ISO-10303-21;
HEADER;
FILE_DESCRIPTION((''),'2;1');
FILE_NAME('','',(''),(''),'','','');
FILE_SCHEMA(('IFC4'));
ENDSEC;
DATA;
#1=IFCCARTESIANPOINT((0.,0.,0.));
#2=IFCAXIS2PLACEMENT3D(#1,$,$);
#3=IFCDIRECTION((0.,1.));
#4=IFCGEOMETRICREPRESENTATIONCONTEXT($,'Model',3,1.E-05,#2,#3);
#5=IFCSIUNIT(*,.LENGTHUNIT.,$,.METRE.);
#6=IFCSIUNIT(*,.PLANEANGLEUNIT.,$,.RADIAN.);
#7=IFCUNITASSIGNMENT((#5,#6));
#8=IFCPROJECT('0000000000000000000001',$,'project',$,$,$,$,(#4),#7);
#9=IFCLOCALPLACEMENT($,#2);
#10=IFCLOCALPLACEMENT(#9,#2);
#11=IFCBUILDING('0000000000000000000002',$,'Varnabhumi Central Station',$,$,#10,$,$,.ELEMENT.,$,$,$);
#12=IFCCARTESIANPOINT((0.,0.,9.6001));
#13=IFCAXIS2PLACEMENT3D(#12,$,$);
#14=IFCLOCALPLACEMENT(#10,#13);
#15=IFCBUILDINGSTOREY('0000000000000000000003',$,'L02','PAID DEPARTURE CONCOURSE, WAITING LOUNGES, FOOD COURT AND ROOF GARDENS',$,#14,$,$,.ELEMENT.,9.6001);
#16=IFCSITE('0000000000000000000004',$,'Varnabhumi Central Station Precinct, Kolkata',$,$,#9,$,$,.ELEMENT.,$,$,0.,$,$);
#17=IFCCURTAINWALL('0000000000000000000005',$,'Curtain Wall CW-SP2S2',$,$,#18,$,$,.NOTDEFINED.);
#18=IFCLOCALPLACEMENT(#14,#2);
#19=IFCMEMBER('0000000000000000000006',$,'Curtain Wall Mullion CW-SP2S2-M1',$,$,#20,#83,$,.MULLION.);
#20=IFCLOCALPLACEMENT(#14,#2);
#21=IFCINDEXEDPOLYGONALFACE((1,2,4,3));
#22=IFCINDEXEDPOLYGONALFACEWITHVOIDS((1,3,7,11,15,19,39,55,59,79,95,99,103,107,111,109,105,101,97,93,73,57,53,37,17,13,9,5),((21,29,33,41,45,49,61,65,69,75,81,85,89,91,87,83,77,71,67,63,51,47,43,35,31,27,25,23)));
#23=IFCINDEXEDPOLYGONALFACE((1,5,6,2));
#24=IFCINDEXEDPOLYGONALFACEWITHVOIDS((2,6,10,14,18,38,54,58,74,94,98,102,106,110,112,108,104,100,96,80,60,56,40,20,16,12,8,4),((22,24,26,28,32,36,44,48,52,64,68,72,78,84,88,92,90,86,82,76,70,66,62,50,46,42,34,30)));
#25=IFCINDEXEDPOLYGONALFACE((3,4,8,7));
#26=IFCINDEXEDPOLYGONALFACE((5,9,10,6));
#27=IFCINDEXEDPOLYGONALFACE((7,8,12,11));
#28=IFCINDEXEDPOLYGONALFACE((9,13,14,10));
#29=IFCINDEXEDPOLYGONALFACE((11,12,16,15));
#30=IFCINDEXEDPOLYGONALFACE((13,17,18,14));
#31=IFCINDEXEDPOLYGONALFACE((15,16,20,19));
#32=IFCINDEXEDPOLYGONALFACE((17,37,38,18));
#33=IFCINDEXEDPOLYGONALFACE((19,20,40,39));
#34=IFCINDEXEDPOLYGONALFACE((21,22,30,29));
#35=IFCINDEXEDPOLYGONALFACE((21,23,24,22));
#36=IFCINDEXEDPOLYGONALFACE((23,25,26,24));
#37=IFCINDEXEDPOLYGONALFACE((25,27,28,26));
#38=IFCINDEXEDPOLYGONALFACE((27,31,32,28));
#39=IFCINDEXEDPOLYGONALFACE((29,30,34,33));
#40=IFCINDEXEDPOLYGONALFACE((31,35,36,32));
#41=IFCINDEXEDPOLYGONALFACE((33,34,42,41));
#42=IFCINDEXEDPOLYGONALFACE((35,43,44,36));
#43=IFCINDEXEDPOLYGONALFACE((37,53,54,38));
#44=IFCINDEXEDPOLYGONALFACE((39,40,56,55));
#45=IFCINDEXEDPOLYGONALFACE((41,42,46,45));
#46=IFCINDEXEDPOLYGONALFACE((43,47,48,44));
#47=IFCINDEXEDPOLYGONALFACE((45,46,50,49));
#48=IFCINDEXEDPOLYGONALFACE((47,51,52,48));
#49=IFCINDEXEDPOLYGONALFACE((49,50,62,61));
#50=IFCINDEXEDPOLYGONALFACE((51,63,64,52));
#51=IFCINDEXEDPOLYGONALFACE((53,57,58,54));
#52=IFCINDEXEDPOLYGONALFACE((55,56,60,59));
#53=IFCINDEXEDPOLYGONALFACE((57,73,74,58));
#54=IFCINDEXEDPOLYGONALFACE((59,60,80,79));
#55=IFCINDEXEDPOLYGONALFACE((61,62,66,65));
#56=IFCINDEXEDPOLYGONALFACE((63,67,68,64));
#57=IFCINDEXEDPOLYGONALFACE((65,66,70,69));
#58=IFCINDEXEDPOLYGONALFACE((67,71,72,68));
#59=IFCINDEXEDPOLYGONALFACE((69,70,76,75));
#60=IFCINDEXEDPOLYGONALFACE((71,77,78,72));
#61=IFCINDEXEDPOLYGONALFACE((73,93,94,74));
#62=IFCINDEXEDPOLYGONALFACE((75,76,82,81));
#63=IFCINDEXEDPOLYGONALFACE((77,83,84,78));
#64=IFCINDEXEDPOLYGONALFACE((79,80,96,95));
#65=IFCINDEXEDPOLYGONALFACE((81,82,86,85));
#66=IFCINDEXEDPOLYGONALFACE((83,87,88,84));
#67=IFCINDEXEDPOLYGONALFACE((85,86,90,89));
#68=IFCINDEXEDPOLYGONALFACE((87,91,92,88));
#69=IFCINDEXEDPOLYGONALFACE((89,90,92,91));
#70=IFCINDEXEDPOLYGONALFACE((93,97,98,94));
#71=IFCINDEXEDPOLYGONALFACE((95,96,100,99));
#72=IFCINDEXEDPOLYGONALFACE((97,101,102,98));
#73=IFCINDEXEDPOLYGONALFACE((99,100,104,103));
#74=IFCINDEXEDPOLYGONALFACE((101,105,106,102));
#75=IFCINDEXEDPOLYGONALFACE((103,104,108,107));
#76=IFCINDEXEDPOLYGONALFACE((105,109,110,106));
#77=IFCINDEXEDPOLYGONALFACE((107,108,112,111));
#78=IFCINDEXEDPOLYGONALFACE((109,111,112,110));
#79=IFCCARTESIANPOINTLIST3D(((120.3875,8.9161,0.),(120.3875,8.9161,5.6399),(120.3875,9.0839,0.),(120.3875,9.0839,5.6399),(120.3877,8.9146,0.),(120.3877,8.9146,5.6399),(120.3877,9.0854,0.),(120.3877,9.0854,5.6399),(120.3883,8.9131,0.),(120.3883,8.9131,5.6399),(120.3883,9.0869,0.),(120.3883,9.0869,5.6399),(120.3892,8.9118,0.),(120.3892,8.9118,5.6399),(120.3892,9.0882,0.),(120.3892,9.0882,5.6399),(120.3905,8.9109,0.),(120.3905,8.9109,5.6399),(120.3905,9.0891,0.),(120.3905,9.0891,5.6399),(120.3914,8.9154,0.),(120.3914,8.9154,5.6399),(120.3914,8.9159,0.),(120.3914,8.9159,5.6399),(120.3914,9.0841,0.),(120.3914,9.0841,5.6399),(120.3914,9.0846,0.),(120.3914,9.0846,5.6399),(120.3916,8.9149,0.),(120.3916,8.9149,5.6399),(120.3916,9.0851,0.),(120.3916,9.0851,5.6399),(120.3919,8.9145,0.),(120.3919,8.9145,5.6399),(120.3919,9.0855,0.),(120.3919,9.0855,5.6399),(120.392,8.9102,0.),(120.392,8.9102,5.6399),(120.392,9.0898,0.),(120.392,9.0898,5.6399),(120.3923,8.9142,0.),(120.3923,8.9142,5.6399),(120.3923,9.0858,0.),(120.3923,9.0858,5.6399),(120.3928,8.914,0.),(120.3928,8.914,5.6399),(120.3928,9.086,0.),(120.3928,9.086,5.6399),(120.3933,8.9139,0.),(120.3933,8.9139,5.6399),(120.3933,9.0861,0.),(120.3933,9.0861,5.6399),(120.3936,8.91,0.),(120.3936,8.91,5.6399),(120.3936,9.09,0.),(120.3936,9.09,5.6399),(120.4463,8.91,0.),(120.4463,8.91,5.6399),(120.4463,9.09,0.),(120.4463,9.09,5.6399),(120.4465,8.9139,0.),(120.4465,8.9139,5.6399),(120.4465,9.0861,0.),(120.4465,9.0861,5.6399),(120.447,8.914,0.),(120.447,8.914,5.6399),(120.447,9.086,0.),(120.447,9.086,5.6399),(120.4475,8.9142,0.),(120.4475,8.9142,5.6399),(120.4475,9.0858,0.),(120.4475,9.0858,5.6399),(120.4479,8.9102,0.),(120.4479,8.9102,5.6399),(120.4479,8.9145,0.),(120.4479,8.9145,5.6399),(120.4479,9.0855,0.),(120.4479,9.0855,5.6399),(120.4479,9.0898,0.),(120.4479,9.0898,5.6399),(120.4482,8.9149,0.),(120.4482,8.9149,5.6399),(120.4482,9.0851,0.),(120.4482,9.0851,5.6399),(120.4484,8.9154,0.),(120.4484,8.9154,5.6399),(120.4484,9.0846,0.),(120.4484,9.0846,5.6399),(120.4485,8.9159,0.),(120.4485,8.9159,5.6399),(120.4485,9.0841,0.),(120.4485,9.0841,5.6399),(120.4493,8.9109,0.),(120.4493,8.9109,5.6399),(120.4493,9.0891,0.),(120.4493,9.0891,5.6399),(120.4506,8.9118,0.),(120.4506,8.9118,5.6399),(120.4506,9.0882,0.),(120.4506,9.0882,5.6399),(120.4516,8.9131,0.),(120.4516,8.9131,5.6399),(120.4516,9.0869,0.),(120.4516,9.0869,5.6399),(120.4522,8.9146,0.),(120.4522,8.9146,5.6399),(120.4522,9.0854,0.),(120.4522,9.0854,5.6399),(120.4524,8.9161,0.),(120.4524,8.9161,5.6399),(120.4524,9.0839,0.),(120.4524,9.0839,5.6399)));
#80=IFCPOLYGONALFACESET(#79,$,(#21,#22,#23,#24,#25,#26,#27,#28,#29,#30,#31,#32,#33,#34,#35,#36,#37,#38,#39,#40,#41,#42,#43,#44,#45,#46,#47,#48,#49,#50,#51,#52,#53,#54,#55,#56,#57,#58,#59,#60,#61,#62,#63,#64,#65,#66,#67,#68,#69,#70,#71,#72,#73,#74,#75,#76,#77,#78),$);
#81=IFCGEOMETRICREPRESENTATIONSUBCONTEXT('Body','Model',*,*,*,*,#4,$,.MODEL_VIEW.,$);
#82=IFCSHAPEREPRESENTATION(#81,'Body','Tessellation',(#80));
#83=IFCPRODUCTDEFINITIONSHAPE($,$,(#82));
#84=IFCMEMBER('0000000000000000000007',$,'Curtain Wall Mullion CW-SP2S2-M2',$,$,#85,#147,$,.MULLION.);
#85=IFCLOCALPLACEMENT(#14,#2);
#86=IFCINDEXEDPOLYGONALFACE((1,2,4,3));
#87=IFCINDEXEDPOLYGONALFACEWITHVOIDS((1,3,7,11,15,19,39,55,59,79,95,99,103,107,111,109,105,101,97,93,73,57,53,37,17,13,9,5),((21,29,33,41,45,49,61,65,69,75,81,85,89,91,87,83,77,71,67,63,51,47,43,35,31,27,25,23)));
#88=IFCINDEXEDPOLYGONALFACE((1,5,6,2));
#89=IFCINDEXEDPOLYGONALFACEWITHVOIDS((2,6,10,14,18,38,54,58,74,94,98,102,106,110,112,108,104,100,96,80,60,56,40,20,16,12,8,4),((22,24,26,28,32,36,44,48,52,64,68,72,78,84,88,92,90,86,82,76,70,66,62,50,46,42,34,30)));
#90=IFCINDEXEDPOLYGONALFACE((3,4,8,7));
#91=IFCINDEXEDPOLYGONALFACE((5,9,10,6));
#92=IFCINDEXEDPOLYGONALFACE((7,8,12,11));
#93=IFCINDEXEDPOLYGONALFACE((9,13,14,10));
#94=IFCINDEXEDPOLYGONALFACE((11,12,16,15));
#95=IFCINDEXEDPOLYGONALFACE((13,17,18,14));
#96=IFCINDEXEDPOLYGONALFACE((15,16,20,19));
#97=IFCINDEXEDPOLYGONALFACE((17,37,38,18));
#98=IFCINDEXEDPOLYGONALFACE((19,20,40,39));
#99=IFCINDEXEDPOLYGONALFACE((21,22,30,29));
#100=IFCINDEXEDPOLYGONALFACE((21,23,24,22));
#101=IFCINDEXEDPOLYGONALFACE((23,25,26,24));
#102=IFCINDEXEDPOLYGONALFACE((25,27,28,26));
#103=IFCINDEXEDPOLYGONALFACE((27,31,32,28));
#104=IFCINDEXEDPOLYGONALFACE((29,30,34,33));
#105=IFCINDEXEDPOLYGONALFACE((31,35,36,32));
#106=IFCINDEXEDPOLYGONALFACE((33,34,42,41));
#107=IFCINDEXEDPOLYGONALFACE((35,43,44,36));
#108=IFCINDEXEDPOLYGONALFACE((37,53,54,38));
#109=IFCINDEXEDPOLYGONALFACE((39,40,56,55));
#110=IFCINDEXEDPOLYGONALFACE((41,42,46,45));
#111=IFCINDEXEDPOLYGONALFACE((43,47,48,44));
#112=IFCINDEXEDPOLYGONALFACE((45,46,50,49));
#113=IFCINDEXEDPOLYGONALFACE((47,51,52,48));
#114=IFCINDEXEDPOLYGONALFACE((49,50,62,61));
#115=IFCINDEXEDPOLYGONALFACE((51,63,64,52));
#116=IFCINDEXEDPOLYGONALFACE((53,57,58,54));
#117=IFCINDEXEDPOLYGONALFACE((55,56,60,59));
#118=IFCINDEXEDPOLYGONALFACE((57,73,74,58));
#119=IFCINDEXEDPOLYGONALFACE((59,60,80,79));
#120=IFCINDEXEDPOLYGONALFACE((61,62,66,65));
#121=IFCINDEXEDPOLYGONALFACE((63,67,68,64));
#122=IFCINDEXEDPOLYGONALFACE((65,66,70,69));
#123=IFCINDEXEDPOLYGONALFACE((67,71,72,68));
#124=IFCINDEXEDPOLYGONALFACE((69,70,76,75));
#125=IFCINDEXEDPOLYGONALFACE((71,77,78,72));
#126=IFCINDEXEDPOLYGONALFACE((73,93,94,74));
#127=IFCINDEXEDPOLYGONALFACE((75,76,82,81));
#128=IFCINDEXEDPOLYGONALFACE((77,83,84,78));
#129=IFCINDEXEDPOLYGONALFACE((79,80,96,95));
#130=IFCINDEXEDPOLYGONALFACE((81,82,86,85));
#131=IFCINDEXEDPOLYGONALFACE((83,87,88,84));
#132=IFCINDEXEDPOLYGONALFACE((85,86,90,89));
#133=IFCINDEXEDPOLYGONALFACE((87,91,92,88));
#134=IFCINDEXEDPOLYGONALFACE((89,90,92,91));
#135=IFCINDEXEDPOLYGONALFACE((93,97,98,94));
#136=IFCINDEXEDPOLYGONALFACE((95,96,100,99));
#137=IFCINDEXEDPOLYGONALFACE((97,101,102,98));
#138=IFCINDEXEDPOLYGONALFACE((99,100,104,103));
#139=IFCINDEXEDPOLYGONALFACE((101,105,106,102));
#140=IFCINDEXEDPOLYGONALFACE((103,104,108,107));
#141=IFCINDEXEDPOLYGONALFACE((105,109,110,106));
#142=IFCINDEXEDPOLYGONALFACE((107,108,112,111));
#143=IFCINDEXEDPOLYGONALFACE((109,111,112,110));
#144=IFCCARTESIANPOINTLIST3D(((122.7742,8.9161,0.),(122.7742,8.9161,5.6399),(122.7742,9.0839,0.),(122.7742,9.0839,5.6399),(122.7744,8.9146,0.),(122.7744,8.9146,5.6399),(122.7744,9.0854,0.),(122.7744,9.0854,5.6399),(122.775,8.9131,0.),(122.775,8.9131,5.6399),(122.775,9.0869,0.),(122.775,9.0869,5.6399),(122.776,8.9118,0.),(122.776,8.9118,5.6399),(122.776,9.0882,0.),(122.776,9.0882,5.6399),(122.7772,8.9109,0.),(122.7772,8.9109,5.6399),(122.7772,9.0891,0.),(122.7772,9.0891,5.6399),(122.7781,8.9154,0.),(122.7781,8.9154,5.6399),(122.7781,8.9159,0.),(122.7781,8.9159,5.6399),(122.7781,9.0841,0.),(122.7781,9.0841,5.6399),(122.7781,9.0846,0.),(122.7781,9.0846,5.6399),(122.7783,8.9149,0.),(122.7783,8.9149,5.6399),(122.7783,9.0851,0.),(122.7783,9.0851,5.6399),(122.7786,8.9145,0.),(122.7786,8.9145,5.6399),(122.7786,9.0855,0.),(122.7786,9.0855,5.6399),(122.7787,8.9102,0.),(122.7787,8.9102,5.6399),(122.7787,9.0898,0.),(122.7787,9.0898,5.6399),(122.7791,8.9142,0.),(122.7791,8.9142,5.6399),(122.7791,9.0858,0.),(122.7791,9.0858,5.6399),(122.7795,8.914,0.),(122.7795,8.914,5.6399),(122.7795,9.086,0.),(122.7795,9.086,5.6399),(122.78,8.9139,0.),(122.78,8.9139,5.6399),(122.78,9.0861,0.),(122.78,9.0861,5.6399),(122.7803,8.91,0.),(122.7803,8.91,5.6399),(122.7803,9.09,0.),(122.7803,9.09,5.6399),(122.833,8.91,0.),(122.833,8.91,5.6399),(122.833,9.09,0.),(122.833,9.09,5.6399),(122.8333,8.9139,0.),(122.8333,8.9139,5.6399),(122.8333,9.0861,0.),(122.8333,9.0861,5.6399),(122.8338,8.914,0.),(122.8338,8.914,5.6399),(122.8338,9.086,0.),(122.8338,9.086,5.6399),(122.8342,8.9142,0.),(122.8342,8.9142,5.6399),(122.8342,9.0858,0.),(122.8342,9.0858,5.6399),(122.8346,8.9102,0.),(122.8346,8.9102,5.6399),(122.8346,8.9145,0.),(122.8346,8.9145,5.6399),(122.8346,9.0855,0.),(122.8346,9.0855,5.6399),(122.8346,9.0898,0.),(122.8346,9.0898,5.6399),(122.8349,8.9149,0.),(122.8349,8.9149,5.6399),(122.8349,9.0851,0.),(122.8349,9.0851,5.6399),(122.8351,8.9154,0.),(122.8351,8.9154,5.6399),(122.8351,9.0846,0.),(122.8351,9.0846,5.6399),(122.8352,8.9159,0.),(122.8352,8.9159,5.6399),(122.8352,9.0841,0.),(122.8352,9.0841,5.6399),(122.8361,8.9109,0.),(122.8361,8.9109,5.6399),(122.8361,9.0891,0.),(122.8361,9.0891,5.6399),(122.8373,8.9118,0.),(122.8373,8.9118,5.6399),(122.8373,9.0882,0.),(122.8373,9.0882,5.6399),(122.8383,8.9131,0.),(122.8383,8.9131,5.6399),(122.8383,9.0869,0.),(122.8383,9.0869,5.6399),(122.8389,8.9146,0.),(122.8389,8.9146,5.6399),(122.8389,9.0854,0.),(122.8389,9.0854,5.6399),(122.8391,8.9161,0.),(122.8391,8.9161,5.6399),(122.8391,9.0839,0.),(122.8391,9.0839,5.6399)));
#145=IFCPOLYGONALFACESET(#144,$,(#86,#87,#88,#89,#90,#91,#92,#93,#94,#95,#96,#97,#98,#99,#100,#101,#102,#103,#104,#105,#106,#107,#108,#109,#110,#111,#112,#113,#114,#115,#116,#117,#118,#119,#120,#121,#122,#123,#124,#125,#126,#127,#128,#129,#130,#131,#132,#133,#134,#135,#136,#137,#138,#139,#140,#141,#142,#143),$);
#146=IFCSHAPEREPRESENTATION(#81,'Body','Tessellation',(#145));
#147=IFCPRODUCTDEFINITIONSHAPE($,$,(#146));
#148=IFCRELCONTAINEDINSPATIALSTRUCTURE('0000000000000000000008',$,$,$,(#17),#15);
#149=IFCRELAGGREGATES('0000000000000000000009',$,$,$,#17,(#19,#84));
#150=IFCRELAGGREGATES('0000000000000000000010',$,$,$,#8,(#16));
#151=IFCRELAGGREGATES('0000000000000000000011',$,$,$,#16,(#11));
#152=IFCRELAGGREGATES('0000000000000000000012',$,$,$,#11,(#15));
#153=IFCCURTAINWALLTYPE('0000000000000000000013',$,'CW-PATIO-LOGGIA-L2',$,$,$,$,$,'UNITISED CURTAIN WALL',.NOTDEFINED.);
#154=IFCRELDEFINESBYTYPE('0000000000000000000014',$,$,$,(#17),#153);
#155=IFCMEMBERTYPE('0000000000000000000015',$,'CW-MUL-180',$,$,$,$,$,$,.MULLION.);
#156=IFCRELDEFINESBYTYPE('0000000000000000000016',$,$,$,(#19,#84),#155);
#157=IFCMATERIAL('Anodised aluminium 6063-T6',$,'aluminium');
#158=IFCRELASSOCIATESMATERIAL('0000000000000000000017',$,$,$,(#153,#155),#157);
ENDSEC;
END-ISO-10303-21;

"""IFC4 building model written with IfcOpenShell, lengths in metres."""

from ifc_helpers import new_model, si_unit, direction, frame, origin, origin_2d, place, context, subcontext, project, spatial, hollow_rectangle, extrude, material, material_profile, profile_set, type_object, element, aggregate, save


model = new_model("IFC4")

# Units and contexts
model_context = context("Model", 3, precision=1e-05, world=origin(), true_north=direction((0.0, 1.0)))
body_context = subcontext(model_context, "Body", "Model", "MODEL_VIEW")
ifc_project = project(units=[si_unit("LENGTHUNIT", "METRE"), si_unit("PLANEANGLEUNIT", "RADIAN")], contexts=[model_context])

# Site, building, storey
site_placement = place(None, origin())
site = spatial("IfcSite", under=ifc_project, at=site_placement, Name="Varnabhumi Central Station Precinct, Kolkata", CompositionType="ELEMENT", RefElevation=0.0)
building_placement = place(site_placement, origin())
building = spatial("IfcBuilding", under=site, at=building_placement, Name="Varnabhumi Central Station", CompositionType="ELEMENT")
storey_placement = place(building_placement, frame((0.0, 0.0, 9.6001)))
storey = spatial("IfcBuildingStorey", under=building, at=storey_placement, Name="L02", Description="PAID DEPARTURE CONCOURSE, WAITING LOUNGES, FOOD COURT AND ROOF GARDENS", CompositionType="ELEMENT", Elevation=9.6001)

# Curtain wall, members
ifc_material_1 = material(Name="Anodised aluminium 6063-T6", Category="aluminium")
curtain_wall_type = type_object("IfcCurtainWallType", Name="CW-PATIO-LOGGIA-L2", ElementType="UNITISED CURTAIN WALL", PredefinedType="NOTDEFINED", material=ifc_material_1)
curtain_wall_1_placement = place(storey_placement, origin())
curtain_wall_1 = element("IfcCurtainWall", 1, at=curtain_wall_1_placement, inside=storey, type_object=curtain_wall_type, Name="Curtain Wall CW-SP2S2", PredefinedType="NOTDEFINED")
ifc_material_profile_1 = material_profile(ifc_material_1, hollow_rectangle(XDim=0.0649, YDim=0.1799, WallThickness=0.0039, InnerFilletRadius=0.002, OuterFilletRadius=0.0061, at=origin_2d()), Name="Anodised aluminium 6063-T6", Category="aluminium")
ifc_profile_set_1 = profile_set([ifc_material_profile_1], Name="Anodised aluminium 6063-T6")
member_type_1 = type_object("IfcMemberType", Name="CW-MUL-180", PredefinedType="MULLION", material=ifc_profile_set_1)
member_1_placement = place(storey_placement, frame((120.4199, 9.0, 0.0), z_axis=(0.0, 0.0, 1.0), x_axis=(1.0, 0.0, 0.0)))
member_1 = element("IfcMember", 2, at=member_1_placement, type_object=member_type_1, Name="Curtain Wall Mullion CW-SP2S2-M1", PredefinedType="MULLION", context=body_context, shape_type="SweptSolid", body=[
    extrude(hollow_rectangle(XDim=0.0649, YDim=0.1799, WallThickness=0.0039, InnerFilletRadius=0.002, OuterFilletRadius=0.0061, at=origin_2d()), origin(), (0.0, 0.0, 1.0), 5.6399),
])
member_2_placement = place(storey_placement, frame((122.8066, 9.0, 0.0), z_axis=(0.0, 0.0, 1.0), x_axis=(1.0, 0.0, 0.0)))
member_2 = element("IfcMember", 3, at=member_2_placement, type_object=member_type_1, Name="Curtain Wall Mullion CW-SP2S2-M2", PredefinedType="MULLION", context=body_context, shape_type="SweptSolid", body=[
    extrude(hollow_rectangle(XDim=0.0649, YDim=0.1799, WallThickness=0.0039, InnerFilletRadius=0.002, OuterFilletRadius=0.0061, at=origin_2d()), origin(), (0.0, 0.0, 1.0), 5.6399),
])

aggregate(curtain_wall_1, [member_1, member_2])

save(model, "model.ifc")
